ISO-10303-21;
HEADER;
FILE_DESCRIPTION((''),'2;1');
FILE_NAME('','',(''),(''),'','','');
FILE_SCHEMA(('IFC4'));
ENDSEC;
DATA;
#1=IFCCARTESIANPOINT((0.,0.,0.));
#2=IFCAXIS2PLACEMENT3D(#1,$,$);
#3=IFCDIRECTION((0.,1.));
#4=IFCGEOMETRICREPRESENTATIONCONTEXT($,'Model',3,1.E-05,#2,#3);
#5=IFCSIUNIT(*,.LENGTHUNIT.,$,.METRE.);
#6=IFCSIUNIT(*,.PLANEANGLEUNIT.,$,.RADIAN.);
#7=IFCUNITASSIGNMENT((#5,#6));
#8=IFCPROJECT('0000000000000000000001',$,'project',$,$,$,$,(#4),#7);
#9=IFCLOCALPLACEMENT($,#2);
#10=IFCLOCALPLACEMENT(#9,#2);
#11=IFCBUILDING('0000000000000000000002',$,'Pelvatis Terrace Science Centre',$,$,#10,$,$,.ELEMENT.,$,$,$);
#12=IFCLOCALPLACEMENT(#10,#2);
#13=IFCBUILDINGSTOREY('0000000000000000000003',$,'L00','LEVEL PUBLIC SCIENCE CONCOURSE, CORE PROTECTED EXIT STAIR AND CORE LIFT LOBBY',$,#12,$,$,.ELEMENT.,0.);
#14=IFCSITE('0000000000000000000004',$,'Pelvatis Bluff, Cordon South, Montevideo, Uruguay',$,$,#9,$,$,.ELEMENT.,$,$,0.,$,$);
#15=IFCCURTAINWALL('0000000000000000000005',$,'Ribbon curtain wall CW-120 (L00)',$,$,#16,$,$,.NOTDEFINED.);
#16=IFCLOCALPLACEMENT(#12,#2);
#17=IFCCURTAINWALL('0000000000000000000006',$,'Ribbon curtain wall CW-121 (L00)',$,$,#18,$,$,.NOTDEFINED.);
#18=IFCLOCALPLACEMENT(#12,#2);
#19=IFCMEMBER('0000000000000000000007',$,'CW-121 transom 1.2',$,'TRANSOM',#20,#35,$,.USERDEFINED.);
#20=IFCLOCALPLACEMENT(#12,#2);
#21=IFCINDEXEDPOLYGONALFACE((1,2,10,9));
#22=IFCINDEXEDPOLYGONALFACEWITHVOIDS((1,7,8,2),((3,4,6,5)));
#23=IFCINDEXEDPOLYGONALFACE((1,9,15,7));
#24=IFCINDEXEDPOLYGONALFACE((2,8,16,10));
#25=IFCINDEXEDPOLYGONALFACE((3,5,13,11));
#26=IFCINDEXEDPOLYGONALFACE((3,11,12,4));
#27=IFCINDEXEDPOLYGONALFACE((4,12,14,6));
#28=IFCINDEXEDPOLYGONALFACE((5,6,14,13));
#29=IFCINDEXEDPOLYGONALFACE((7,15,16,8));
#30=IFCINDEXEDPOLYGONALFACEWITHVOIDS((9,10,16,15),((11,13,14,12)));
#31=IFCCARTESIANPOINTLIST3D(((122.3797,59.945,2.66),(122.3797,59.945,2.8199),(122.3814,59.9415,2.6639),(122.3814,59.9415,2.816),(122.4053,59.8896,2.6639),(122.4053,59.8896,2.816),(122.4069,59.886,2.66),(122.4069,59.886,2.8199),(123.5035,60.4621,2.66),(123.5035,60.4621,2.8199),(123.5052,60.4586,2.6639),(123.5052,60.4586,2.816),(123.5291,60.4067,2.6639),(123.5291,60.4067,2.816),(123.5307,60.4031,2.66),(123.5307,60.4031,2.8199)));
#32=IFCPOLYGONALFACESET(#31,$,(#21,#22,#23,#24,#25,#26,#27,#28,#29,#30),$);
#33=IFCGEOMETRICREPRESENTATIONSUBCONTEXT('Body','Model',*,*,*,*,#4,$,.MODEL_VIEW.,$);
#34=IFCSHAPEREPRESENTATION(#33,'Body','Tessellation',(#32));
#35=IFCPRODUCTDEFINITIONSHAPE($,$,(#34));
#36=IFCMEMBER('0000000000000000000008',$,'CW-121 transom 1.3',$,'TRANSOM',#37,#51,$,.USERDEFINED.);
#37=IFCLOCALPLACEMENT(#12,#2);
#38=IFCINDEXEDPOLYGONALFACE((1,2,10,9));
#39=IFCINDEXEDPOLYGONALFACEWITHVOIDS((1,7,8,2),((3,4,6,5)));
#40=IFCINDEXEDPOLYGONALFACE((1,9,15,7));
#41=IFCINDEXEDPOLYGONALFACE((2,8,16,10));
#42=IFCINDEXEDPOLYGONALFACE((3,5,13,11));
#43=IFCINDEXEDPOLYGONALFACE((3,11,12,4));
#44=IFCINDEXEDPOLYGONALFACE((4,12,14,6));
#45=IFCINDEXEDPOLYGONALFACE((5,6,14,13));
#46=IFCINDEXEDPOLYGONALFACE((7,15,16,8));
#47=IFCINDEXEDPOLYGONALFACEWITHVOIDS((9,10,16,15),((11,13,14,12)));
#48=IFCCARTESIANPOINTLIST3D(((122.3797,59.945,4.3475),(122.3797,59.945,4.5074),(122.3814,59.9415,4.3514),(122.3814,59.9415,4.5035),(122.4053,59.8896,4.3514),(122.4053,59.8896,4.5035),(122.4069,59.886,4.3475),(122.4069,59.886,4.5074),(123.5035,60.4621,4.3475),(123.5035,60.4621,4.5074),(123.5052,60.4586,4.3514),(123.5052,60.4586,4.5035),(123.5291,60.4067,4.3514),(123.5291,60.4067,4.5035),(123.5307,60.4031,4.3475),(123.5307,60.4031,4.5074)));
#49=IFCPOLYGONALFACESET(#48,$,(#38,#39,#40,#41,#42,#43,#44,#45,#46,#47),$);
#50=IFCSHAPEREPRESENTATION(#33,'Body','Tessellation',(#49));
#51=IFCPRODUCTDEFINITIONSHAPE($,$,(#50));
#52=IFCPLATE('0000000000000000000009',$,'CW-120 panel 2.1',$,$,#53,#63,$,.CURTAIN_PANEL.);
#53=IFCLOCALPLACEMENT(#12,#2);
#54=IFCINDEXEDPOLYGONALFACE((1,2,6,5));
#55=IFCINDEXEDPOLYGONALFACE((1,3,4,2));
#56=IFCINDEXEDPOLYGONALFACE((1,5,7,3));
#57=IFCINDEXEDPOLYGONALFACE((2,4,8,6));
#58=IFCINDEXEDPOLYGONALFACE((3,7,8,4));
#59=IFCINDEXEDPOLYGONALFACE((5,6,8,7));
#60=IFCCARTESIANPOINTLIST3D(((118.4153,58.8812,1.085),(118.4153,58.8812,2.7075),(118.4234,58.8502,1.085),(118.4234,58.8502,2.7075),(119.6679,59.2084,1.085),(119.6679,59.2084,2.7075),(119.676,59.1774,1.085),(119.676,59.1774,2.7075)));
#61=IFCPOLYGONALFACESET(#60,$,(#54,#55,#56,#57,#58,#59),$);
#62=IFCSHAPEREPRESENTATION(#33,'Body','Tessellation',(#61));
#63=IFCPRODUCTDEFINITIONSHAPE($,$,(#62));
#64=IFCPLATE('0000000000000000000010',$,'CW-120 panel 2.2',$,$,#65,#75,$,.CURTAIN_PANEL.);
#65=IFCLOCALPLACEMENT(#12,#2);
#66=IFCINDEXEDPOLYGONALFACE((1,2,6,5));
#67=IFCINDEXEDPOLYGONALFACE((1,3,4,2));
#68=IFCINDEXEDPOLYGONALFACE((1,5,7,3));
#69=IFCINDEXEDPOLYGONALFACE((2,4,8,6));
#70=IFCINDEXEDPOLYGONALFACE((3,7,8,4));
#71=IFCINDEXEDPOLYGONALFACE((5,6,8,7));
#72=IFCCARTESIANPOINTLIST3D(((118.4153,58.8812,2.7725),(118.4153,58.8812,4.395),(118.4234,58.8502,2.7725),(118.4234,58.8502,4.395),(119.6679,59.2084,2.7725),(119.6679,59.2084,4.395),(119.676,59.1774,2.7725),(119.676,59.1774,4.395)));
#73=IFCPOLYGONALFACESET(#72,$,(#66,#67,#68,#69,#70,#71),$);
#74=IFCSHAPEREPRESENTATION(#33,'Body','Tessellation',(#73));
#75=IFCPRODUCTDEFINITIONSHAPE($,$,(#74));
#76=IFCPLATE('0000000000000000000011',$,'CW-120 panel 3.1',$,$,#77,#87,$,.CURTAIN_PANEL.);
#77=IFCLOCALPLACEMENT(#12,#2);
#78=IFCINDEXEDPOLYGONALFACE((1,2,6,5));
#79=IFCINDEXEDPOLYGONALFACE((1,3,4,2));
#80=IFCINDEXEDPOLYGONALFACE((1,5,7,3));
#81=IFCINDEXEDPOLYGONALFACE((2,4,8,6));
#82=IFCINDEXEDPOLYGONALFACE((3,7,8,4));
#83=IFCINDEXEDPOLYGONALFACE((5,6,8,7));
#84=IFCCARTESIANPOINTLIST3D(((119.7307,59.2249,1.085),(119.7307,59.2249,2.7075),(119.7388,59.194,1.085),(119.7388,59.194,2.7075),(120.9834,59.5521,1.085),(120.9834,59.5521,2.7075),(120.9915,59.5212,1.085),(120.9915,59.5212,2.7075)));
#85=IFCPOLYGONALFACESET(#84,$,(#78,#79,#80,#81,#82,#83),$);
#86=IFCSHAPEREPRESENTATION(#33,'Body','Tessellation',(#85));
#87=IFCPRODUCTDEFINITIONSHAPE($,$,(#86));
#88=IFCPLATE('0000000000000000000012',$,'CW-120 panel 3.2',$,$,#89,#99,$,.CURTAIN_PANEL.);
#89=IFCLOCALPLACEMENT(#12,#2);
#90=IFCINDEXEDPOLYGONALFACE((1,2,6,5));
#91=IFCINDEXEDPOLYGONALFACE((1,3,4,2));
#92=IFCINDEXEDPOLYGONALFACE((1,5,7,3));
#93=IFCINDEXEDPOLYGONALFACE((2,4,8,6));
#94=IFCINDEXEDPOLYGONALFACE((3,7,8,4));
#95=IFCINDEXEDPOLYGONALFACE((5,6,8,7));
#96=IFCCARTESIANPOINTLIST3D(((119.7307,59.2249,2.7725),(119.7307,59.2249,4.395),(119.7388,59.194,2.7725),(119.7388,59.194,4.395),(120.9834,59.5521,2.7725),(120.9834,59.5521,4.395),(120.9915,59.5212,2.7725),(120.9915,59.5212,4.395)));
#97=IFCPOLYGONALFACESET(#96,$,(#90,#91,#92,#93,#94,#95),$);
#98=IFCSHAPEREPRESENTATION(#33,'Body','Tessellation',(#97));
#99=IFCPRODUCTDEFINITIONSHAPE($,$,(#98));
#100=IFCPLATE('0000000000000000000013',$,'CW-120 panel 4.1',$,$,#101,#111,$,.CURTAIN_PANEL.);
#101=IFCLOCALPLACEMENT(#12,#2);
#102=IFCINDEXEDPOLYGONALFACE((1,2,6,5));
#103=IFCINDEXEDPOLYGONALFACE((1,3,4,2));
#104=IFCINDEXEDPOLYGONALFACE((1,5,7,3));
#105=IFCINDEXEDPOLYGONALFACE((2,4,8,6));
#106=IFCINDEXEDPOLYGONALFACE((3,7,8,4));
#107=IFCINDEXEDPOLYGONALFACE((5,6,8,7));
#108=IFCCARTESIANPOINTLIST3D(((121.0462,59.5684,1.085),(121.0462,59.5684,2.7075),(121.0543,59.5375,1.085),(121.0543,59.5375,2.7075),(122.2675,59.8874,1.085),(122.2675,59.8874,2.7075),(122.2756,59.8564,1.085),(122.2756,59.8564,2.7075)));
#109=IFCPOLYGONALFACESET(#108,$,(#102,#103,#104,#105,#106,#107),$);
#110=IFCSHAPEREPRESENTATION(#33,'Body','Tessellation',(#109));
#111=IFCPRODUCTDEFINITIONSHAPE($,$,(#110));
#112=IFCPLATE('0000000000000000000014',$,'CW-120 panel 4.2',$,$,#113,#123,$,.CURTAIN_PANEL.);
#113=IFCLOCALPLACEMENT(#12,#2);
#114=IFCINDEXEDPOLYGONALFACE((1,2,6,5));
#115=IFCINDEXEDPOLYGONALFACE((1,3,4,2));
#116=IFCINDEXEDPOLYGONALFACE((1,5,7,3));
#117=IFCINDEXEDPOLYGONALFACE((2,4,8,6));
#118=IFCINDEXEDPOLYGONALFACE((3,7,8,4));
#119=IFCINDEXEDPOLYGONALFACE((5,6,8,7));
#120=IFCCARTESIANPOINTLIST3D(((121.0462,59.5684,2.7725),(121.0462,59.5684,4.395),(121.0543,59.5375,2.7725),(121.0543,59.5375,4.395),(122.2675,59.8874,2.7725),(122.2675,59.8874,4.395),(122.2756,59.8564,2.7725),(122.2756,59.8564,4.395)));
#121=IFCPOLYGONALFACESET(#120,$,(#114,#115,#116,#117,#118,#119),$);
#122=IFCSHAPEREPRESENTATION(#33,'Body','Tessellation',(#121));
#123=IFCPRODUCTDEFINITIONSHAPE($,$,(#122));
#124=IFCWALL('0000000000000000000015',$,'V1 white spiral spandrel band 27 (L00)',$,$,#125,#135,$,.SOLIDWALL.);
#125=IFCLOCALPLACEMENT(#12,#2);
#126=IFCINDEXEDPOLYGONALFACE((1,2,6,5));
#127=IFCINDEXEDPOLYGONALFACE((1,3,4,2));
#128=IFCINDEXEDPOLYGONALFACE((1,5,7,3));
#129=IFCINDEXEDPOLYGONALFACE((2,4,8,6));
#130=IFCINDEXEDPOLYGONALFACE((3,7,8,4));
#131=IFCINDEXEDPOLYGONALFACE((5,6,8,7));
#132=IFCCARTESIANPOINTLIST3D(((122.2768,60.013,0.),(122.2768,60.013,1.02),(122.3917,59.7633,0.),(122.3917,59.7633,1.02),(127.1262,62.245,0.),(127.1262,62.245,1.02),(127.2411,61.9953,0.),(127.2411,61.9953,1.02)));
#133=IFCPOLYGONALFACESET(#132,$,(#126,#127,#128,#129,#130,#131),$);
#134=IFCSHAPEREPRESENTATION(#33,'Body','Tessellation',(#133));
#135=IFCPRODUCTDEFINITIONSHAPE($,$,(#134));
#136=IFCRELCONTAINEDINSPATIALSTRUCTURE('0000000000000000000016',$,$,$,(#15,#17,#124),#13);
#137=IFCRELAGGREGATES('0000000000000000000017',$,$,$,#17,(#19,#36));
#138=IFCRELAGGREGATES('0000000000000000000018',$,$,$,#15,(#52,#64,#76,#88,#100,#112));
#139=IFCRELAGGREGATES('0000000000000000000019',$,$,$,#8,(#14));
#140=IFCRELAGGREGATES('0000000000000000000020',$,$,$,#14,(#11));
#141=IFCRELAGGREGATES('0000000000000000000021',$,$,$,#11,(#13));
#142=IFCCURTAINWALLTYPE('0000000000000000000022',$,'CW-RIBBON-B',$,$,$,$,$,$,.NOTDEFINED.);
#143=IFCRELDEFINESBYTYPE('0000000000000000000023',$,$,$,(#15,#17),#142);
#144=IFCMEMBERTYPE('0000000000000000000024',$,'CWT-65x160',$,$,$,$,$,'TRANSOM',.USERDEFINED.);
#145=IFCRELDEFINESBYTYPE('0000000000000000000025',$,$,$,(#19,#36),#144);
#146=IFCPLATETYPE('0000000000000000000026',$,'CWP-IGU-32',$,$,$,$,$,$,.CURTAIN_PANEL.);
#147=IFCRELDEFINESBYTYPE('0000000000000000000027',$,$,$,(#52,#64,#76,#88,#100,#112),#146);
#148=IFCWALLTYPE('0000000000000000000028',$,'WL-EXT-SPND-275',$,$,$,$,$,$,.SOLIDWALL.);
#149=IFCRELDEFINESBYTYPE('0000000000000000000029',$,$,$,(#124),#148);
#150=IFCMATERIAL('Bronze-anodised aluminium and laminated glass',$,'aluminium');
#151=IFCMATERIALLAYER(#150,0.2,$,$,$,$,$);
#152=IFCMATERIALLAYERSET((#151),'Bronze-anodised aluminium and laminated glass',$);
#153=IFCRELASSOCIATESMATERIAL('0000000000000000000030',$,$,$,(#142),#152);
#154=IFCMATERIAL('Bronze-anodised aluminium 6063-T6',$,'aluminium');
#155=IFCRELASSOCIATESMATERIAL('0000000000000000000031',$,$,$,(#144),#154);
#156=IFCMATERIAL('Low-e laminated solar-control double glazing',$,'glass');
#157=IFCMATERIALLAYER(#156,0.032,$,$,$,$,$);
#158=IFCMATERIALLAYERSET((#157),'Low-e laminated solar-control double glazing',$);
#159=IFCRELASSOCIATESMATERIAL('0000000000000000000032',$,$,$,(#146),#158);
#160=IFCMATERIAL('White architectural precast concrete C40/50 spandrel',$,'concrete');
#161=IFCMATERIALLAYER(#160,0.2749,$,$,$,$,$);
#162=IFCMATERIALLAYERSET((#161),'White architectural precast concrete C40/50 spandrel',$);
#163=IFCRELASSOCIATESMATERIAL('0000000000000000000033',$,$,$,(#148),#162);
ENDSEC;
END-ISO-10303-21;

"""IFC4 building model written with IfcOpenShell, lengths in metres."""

from ifc_helpers import new_model, si_unit, direction, frame, frame_2d, origin, origin_2d, place, context, subcontext, project, spatial, rectangle, hollow_rectangle, extrude, material, layer, layer_set, material_profile, profile_set, type_object, element, aggregate, save


model = new_model("IFC4")

# Units and contexts
model_context = context("Model", 3, precision=1e-05, world=origin(), true_north=direction((0.0, 1.0)))
body_context = subcontext(model_context, "Body", "Model", "MODEL_VIEW")
ifc_project = project(units=[si_unit("LENGTHUNIT", "METRE"), si_unit("PLANEANGLEUNIT", "RADIAN")], contexts=[model_context])

# Site, building, storey
site_placement = place(None, origin())
site = spatial("IfcSite", under=ifc_project, at=site_placement, Name="Pelvatis Bluff, Cordon South, Montevideo, Uruguay", CompositionType="ELEMENT", RefElevation=0.0)
building_placement = place(site_placement, origin())
building = spatial("IfcBuilding", under=site, at=building_placement, Name="Pelvatis Terrace Science Centre", CompositionType="ELEMENT")
storey_placement = place(building_placement, origin())
storey = spatial("IfcBuildingStorey", under=building, at=storey_placement, Name="L00", Description="LEVEL PUBLIC SCIENCE CONCOURSE, CORE PROTECTED EXIT STAIR AND CORE LIFT LOBBY", CompositionType="ELEMENT", Elevation=0.0)

# Curtain wall
ifc_material_1 = material(Name="Bronze-anodised aluminium and laminated glass", Category="aluminium")
ifc_layer_1 = layer(ifc_material_1, 0.2)
ifc_layer_set_1 = layer_set([ifc_layer_1], Name="Bronze-anodised aluminium and laminated glass")
curtain_wall_type = type_object("IfcCurtainWallType", Name="CW-RIBBON-B", PredefinedType="NOTDEFINED", material=ifc_layer_set_1)
curtain_wall_1_placement = place(storey_placement, origin())
curtain_wall_1 = element("IfcCurtainWall", 1, at=curtain_wall_1_placement, inside=storey, type_object=curtain_wall_type, Name="Ribbon curtain wall CW-120 (L00)", PredefinedType="NOTDEFINED")

# Curtain wall
curtain_wall_2_placement = place(storey_placement, origin())
curtain_wall_2 = element("IfcCurtainWall", 2, at=curtain_wall_2_placement, inside=storey, type_object=curtain_wall_type, Name="Ribbon curtain wall CW-121 (L00)", PredefinedType="NOTDEFINED")

# Members
ifc_material_2 = material(Name="Bronze-anodised aluminium 6063-T6", Category="aluminium")
ifc_material_profile_1 = material_profile(ifc_material_2, hollow_rectangle(XDim=0.0649, YDim=0.1599, WallThickness=0.0039, at=origin_2d()), Name="ALU-TRN 65x160")
ifc_profile_set_1 = profile_set([ifc_material_profile_1], Name="Bronze-anodised aluminium 6063-T6")
member_type_1 = type_object("IfcMemberType", Name="CWT-65x160", ElementType="TRANSOM", PredefinedType="USERDEFINED", material=ifc_profile_set_1)
member_1_placement = place(storey_placement, frame((122.3933, 59.9155, 2.74), z_axis=(0.908444, 0.418007, 0.0), x_axis=(-0.418007, 0.908444, 0.0)))
member_1 = element("IfcMember", 3, at=member_1_placement, type_object=member_type_1, Name="CW-121 transom 1.2", ObjectType="TRANSOM", PredefinedType="USERDEFINED", context=body_context, shape_type="SweptSolid", body=[
    extrude(hollow_rectangle(XDim=0.0649, YDim=0.1599, WallThickness=0.0039, at=origin_2d()), origin(), (0.0, 0.0, 1.0), 1.2371),
])
member_2_placement = place(storey_placement, frame((122.3933, 59.9155, 4.4275), z_axis=(0.908444, 0.418007, 0.0), x_axis=(-0.418007, 0.908444, 0.0)))
member_2 = element("IfcMember", 4, at=member_2_placement, type_object=member_type_1, Name="CW-121 transom 1.3", ObjectType="TRANSOM", PredefinedType="USERDEFINED", context=body_context, shape_type="SweptSolid", body=[
    extrude(hollow_rectangle(XDim=0.0649, YDim=0.1599, WallThickness=0.0039, at=origin_2d()), origin(), (0.0, 0.0, 1.0), 1.2371),
])
aggregate(curtain_wall_2, [member_1, member_2])

# Plates
ifc_material_3 = material(Name="Low-e laminated solar-control double glazing", Category="glass")
ifc_layer_2 = layer(ifc_material_3, 0.032)
ifc_layer_set_2 = layer_set([ifc_layer_2], Name="Low-e laminated solar-control double glazing")
plate_type = type_object("IfcPlateType", Name="CWP-IGU-32", PredefinedType="CURTAIN_PANEL", material=ifc_layer_set_2)
plate_1_placement = place(storey_placement, frame((119.0457, 59.0293, 1.085), z_axis=(0.0, 0.0, 1.0), x_axis=(0.967545, 0.252698, 0.0)))
plate_1 = element("IfcPlate", 5, at=plate_1_placement, type_object=plate_type, Name="CW-120 panel 2.1", PredefinedType="CURTAIN_PANEL", context=body_context, shape_type="SweptSolid", body=[
    extrude(rectangle(XDim=1.2947, YDim=0.032, at=origin_2d()), origin(), (0.0, 0.0, 1.0), 1.6226),
])
plate_2_placement = place(storey_placement, frame((119.0457, 59.0293, 2.7725), z_axis=(0.0, 0.0, 1.0), x_axis=(0.967545, 0.252698, 0.0)))
plate_2 = element("IfcPlate", 6, at=plate_2_placement, type_object=plate_type, Name="CW-120 panel 2.2", PredefinedType="CURTAIN_PANEL", context=body_context, shape_type="SweptSolid", body=[
    extrude(rectangle(XDim=1.2947, YDim=0.032, at=origin_2d()), origin(), (0.0, 0.0, 1.0), 1.6226),
])
plate_3_placement = place(storey_placement, frame((120.3611, 59.373, 1.085), z_axis=(0.0, 0.0, 1.0), x_axis=(0.967545, 0.252698, 0.0)))
plate_3 = element("IfcPlate", 7, at=plate_3_placement, type_object=plate_type, Name="CW-120 panel 3.1", PredefinedType="CURTAIN_PANEL", context=body_context, shape_type="SweptSolid", body=[
    extrude(rectangle(XDim=1.2947, YDim=0.032, at=origin_2d()), origin(), (0.0, 0.0, 1.0), 1.6226),
])
plate_4_placement = place(storey_placement, frame((120.3611, 59.373, 2.7725), z_axis=(0.0, 0.0, 1.0), x_axis=(0.967545, 0.252698, 0.0)))
plate_4 = element("IfcPlate", 8, at=plate_4_placement, type_object=plate_type, Name="CW-120 panel 3.2", PredefinedType="CURTAIN_PANEL", context=body_context, shape_type="SweptSolid", body=[
    extrude(rectangle(XDim=1.2947, YDim=0.032, at=origin_2d()), origin(), (0.0, 0.0, 1.0), 1.6226),
])
plate_5_placement = place(storey_placement, frame((121.6609, 59.7124, 1.085), z_axis=(0.0, 0.0, 1.0), x_axis=(0.967545, 0.252698, 0.0)))
plate_5 = element("IfcPlate", 9, at=plate_5_placement, type_object=plate_type, Name="CW-120 panel 4.1", PredefinedType="CURTAIN_PANEL", context=body_context, shape_type="SweptSolid", body=[
    extrude(rectangle(XDim=1.2622, YDim=0.032, at=origin_2d()), origin(), (0.0, 0.0, 1.0), 1.6226),
])
plate_6_placement = place(storey_placement, frame((121.6609, 59.7124, 2.7725), z_axis=(0.0, 0.0, 1.0), x_axis=(0.967545, 0.252698, 0.0)))
plate_6 = element("IfcPlate", 10, at=plate_6_placement, type_object=plate_type, Name="CW-120 panel 4.2", PredefinedType="CURTAIN_PANEL", context=body_context, shape_type="SweptSolid", body=[
    extrude(rectangle(XDim=1.2622, YDim=0.032, at=origin_2d()), origin(), (0.0, 0.0, 1.0), 1.6226),
])
aggregate(curtain_wall_1, [plate_1, plate_2, plate_3, plate_4, plate_5, plate_6])

# Wall
ifc_material_4 = material(Name="White architectural precast concrete C40/50 spandrel", Category="concrete")
ifc_layer_3 = layer(ifc_material_4, 0.2749)
ifc_layer_set_3 = layer_set([ifc_layer_3], Name="White architectural precast concrete C40/50 spandrel")
wall_type = type_object("IfcWallType", Name="WL-EXT-SPND-275", PredefinedType="SOLIDWALL", material=ifc_layer_set_3)
wall_placement = place(storey_placement, frame((122.3342, 59.8882, 0.0), z_axis=(0.0, 0.0, 1.0), x_axis=(0.908403, 0.418095, 0.0)))
element("IfcWall", 11, at=wall_placement, inside=storey, type_object=wall_type, Name="V1 white spiral spandrel band 27 (L00)", PredefinedType="SOLIDWALL", context=body_context, shape_type="SweptSolid", body=[
    extrude(rectangle(XDim=5.3384, YDim=0.2749, at=frame_2d((2.6692, 0.0))), origin(), (0.0, 0.0, 1.0), 1.02),
])

save(model, "model.ifc")
